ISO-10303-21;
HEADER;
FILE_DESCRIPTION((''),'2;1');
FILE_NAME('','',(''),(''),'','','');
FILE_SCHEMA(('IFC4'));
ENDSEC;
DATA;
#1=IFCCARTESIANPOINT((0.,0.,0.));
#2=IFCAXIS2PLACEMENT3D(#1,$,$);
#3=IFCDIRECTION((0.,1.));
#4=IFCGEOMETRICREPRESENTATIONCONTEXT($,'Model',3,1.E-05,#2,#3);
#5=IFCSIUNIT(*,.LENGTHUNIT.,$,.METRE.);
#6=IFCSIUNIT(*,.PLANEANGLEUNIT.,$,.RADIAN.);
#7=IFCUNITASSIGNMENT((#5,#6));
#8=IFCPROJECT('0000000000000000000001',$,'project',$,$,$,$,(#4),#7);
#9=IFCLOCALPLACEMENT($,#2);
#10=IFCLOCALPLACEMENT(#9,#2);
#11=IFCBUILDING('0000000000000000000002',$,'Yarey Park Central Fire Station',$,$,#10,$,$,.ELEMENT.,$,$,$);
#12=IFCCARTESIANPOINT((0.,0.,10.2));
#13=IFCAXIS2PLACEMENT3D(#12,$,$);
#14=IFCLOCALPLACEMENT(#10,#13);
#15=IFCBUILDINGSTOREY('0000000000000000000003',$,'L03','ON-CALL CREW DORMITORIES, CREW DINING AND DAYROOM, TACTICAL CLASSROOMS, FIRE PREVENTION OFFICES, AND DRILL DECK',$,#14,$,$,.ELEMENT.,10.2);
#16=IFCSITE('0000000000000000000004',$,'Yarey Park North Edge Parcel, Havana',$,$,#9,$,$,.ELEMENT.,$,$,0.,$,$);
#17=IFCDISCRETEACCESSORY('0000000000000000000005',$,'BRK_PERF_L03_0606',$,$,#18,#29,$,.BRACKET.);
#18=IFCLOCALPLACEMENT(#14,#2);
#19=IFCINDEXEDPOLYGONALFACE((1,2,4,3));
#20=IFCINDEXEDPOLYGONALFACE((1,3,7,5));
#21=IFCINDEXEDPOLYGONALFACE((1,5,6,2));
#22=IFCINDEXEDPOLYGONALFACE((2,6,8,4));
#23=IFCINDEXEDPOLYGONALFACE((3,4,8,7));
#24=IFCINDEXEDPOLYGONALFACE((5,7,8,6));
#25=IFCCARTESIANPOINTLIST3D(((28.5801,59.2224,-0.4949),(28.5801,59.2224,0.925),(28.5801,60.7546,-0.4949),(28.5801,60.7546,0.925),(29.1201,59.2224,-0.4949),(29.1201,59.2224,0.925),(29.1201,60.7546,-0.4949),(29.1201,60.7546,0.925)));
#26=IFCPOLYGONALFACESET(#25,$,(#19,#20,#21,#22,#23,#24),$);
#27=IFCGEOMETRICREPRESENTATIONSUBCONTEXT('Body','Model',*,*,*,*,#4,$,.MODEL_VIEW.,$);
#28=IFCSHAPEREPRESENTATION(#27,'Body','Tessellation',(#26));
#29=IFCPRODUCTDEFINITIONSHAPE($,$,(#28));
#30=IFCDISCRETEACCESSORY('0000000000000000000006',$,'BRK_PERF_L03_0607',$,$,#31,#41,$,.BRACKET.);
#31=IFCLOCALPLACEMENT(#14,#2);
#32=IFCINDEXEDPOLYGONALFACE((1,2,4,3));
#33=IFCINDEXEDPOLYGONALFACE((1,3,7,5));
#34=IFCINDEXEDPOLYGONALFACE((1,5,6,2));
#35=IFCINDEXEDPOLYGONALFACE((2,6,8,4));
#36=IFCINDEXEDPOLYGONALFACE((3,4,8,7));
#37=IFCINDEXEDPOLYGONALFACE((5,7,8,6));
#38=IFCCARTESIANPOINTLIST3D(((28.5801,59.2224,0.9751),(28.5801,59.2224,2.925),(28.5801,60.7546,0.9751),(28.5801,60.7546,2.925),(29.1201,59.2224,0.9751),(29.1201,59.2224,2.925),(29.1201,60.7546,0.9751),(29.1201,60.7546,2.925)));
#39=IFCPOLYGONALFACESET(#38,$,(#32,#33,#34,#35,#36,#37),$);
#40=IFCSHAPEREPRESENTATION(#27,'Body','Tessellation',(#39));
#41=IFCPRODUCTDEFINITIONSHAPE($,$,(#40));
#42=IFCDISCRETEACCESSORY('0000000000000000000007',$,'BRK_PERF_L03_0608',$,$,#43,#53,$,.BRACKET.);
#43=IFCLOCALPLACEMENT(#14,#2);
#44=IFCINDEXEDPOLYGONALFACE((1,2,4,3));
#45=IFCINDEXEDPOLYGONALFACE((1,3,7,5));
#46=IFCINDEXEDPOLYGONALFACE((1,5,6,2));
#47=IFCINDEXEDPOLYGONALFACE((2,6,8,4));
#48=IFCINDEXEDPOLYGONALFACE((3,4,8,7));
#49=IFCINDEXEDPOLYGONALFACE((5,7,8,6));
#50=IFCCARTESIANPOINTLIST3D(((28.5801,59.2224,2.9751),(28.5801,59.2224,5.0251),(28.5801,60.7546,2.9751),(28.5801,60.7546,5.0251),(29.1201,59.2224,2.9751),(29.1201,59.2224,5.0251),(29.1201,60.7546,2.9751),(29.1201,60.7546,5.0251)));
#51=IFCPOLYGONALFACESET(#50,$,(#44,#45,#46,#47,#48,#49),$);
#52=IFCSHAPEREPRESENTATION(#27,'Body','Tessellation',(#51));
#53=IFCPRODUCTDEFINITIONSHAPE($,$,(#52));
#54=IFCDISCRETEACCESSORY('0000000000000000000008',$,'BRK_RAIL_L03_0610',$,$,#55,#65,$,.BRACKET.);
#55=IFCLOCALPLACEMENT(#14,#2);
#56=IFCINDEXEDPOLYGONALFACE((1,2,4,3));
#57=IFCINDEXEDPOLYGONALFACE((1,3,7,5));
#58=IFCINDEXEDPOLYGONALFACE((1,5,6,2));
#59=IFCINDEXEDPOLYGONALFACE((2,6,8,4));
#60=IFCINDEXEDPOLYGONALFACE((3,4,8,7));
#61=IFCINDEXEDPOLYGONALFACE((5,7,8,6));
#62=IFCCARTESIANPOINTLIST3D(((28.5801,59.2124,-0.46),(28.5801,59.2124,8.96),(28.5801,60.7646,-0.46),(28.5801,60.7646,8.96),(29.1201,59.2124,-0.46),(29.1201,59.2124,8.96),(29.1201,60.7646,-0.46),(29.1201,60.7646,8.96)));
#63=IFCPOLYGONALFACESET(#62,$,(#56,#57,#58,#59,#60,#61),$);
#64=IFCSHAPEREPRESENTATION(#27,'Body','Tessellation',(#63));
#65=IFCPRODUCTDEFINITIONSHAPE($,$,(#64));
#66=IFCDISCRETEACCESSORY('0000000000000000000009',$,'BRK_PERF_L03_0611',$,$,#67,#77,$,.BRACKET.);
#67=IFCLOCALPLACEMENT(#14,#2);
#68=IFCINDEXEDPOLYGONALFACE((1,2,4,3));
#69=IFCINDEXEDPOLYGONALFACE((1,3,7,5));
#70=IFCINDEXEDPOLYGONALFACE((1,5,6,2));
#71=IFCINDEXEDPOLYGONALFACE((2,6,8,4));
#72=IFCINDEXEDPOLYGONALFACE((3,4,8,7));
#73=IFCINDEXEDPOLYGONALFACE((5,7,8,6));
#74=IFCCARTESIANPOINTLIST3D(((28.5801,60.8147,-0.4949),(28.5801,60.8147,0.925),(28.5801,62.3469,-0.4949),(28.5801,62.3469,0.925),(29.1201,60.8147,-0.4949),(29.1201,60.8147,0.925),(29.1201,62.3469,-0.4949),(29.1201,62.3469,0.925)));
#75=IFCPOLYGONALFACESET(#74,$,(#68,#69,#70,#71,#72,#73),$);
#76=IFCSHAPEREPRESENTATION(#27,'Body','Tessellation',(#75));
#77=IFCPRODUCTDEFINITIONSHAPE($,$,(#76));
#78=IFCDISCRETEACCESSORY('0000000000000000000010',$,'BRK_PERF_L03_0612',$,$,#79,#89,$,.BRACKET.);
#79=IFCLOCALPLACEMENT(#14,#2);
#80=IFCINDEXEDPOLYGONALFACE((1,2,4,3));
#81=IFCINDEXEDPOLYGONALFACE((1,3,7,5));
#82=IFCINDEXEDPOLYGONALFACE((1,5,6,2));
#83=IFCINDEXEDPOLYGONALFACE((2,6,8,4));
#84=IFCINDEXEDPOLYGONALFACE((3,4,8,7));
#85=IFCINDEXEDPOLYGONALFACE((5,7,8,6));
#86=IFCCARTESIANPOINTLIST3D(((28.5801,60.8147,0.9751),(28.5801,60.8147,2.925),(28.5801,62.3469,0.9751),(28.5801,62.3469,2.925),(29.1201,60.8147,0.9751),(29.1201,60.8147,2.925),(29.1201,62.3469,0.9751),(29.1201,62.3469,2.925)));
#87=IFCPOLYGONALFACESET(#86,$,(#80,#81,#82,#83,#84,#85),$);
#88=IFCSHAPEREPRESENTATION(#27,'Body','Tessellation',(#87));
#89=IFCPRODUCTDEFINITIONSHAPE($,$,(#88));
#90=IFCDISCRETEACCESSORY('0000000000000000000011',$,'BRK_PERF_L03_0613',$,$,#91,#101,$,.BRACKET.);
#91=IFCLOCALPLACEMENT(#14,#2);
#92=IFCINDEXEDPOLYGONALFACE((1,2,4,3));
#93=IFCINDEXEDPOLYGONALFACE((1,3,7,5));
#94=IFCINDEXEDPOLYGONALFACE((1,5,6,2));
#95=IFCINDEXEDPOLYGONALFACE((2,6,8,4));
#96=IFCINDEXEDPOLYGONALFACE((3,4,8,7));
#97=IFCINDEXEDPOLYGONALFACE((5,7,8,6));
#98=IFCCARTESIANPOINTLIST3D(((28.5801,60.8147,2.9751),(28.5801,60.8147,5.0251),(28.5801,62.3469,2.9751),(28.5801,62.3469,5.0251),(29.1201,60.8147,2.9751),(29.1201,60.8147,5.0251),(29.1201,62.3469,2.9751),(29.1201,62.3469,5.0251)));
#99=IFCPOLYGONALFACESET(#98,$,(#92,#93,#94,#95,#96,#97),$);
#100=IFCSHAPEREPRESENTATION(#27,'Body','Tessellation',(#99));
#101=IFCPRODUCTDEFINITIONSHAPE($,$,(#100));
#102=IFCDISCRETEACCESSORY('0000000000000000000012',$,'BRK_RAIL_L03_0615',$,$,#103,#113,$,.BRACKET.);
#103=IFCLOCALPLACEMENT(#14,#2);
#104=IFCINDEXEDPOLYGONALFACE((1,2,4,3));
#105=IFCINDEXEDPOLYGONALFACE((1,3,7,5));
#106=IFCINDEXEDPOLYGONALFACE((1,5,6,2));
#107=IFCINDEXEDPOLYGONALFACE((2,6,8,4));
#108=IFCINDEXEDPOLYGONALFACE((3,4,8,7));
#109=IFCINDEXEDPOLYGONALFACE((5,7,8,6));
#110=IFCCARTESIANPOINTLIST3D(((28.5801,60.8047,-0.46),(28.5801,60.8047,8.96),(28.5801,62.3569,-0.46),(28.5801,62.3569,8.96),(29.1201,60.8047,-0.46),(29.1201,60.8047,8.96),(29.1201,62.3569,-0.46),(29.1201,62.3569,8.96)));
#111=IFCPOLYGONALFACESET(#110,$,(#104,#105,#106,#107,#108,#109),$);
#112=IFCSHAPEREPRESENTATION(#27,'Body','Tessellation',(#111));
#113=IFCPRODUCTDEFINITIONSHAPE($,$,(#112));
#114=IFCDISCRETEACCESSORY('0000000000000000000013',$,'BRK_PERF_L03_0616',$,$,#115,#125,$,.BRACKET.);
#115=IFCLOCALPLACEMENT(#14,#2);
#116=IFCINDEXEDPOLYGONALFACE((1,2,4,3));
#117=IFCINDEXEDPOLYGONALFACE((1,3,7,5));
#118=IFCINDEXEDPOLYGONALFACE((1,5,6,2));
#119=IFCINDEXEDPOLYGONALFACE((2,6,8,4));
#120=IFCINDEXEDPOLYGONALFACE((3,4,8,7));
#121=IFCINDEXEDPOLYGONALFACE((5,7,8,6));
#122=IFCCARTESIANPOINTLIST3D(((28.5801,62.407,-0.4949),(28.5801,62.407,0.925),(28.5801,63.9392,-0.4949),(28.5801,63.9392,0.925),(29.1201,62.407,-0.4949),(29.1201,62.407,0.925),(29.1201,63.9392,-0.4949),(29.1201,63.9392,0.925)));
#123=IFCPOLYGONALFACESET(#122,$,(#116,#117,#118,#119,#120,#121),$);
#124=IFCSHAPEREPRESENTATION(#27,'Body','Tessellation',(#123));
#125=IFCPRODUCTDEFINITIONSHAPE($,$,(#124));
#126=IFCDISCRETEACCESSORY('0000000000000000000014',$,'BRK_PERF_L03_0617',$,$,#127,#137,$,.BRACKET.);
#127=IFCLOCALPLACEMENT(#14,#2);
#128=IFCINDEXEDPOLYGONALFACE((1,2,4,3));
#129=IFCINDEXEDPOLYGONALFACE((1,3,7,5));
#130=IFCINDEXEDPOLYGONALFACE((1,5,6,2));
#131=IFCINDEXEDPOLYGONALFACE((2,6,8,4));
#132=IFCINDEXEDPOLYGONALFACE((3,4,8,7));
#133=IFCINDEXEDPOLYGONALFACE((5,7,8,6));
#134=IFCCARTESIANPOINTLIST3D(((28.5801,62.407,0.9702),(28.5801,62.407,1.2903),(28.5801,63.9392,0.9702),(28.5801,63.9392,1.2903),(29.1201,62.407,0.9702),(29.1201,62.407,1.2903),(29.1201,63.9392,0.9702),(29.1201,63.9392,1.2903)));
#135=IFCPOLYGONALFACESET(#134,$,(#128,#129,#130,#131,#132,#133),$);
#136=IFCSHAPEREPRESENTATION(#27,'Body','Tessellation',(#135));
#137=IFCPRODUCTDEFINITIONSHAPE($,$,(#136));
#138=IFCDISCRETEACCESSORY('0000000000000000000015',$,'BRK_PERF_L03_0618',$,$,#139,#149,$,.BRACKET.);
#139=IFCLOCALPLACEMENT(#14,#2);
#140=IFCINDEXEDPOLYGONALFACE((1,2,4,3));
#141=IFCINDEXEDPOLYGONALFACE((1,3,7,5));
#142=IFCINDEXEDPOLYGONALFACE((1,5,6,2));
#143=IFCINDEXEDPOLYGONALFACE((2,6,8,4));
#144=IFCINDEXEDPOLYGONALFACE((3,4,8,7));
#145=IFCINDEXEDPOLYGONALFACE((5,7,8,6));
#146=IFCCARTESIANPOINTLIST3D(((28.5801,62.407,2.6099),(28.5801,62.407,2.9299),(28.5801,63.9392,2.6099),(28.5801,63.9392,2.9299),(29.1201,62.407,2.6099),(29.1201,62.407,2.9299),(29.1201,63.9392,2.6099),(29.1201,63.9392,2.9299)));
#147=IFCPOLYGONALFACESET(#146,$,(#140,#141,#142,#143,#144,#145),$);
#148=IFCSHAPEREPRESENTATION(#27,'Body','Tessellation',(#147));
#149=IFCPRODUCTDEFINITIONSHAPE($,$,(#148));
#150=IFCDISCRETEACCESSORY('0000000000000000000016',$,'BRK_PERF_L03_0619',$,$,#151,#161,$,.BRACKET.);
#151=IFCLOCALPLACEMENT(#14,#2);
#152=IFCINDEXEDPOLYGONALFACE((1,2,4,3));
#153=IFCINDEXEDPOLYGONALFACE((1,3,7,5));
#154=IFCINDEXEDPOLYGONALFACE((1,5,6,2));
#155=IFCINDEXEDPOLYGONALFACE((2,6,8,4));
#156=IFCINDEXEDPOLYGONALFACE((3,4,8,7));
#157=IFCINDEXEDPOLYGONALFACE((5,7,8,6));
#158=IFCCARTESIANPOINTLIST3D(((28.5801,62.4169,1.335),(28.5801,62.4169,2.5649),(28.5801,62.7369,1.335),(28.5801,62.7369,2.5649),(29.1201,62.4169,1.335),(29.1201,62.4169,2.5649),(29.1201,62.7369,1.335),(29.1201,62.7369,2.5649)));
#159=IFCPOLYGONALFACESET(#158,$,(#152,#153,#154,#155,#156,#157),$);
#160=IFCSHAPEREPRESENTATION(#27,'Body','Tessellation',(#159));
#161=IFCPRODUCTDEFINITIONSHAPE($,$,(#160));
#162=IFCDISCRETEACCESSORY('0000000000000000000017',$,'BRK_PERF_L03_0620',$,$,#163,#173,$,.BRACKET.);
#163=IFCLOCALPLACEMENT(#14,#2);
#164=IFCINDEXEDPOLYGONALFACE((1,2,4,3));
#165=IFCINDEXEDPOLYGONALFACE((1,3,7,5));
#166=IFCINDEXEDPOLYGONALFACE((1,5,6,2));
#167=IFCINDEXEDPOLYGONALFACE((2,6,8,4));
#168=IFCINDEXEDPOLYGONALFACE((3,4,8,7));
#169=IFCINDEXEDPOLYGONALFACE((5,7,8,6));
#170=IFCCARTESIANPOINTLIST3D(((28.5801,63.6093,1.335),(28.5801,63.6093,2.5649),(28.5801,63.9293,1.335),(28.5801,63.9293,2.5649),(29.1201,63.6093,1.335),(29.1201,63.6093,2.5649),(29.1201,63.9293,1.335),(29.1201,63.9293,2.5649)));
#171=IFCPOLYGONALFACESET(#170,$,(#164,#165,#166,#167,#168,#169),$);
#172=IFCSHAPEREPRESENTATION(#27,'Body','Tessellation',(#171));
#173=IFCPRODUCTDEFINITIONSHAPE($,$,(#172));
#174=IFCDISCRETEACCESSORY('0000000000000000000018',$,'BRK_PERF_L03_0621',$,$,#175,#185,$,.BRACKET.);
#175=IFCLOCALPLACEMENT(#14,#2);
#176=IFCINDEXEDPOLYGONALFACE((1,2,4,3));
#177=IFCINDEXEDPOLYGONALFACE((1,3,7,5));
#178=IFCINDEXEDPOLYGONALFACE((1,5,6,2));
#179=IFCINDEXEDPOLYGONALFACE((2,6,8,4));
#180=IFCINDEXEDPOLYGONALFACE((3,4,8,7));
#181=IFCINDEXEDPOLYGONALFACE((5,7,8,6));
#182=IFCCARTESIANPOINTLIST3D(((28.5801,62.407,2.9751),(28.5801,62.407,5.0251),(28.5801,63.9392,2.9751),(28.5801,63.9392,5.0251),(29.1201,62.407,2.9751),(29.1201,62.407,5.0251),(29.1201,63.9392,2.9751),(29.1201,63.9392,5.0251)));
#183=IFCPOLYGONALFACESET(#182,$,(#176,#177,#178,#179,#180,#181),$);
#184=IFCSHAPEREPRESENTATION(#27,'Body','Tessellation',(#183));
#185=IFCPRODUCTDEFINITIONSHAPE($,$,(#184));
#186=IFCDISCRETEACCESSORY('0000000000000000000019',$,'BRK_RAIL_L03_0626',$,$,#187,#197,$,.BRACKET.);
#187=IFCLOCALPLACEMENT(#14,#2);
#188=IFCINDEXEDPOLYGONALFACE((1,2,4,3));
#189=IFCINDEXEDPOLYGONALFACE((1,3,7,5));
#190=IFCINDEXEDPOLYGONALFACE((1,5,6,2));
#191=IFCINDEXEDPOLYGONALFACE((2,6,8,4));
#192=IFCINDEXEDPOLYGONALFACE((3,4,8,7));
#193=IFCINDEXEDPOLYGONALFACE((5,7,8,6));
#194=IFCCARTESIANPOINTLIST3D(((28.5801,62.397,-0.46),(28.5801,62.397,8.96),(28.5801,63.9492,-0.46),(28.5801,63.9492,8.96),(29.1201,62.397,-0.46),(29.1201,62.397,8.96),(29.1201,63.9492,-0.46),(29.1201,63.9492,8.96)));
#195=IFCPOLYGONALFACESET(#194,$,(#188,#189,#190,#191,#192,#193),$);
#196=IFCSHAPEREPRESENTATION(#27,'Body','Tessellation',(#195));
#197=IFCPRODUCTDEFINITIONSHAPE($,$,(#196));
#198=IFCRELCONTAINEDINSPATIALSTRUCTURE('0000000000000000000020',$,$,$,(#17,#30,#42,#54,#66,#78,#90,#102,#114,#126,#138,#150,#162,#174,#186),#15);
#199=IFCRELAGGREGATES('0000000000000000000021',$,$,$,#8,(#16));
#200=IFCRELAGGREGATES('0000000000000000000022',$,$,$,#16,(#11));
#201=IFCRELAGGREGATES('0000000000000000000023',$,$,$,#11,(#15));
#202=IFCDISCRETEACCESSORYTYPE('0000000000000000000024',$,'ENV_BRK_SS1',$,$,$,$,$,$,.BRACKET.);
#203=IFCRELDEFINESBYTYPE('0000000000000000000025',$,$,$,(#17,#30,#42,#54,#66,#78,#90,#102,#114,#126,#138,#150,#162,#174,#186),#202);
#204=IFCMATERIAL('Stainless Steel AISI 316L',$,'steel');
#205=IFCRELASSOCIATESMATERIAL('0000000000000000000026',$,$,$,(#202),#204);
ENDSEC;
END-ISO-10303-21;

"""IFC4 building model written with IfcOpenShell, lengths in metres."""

from ifc_helpers import new_model, si_unit, direction, frame, origin, origin_2d, place, context, subcontext, project, spatial, rectangle, extrude, material, type_object, element, save


model = new_model("IFC4")

# Units and contexts
model_context = context("Model", 3, precision=1e-05, world=origin(), true_north=direction((0.0, 1.0)))
body_context = subcontext(model_context, "Body", "Model", "MODEL_VIEW")
ifc_project = project(units=[si_unit("LENGTHUNIT", "METRE"), si_unit("PLANEANGLEUNIT", "RADIAN")], contexts=[model_context])

# Site, building, storey
site_placement = place(None, origin())
site = spatial("IfcSite", under=ifc_project, at=site_placement, Name="Yarey Park North Edge Parcel, Havana", CompositionType="ELEMENT", RefElevation=0.0)
building_placement = place(site_placement, origin())
building = spatial("IfcBuilding", under=site, at=building_placement, Name="Yarey Park Central Fire Station", CompositionType="ELEMENT")
storey_placement = place(building_placement, frame((0.0, 0.0, 10.2)))
storey = spatial("IfcBuildingStorey", under=building, at=storey_placement, Name="L03", Description="ON-CALL CREW DORMITORIES, CREW DINING AND DAYROOM, TACTICAL CLASSROOMS, FIRE PREVENTION OFFICES, AND DRILL DECK", CompositionType="ELEMENT", Elevation=10.2)

# Discrete accessories
ifc_material_1 = material(Name="Stainless Steel AISI 316L", Category="steel")
discrete_accessory_type = type_object("IfcDiscreteAccessoryType", Name="ENV_BRK_SS1", PredefinedType="BRACKET", material=ifc_material_1)
discrete_accessory_1_placement = place(storey_placement, frame((28.8501, 59.9885, -0.4949), z_axis=(0.0, 0.0, 1.0), x_axis=(1.0, 0.0, 0.0)))
element("IfcDiscreteAccessory", 1, at=discrete_accessory_1_placement, inside=storey, type_object=discrete_accessory_type, Name="BRK_PERF_L03_0606", PredefinedType="BRACKET", context=body_context, shape_type="SweptSolid", body=[
    extrude(rectangle(XDim=0.54, YDim=1.5322, at=origin_2d()), origin(), (0.0, 0.0, 1.0), 1.4199),
])
discrete_accessory_2_placement = place(storey_placement, frame((28.8501, 59.9885, 0.9751), z_axis=(0.0, 0.0, 1.0), x_axis=(1.0, 0.0, 0.0)))
element("IfcDiscreteAccessory", 2, at=discrete_accessory_2_placement, inside=storey, type_object=discrete_accessory_type, Name="BRK_PERF_L03_0607", PredefinedType="BRACKET", context=body_context, shape_type="SweptSolid", body=[
    extrude(rectangle(XDim=0.54, YDim=1.5322, at=origin_2d()), origin(), (0.0, 0.0, 1.0), 1.95),
])
discrete_accessory_3_placement = place(storey_placement, frame((28.8501, 59.9885, 2.9751), z_axis=(0.0, 0.0, 1.0), x_axis=(1.0, 0.0, 0.0)))
element("IfcDiscreteAccessory", 3, at=discrete_accessory_3_placement, inside=storey, type_object=discrete_accessory_type, Name="BRK_PERF_L03_0608", PredefinedType="BRACKET", context=body_context, shape_type="SweptSolid", body=[
    extrude(rectangle(XDim=0.54, YDim=1.5322, at=origin_2d()), origin(), (0.0, 0.0, 1.0), 2.05),
])
discrete_accessory_4_placement = place(storey_placement, frame((28.8501, 59.9885, -0.46), z_axis=(0.0, 0.0, 1.0), x_axis=(1.0, 0.0, 0.0)))
element("IfcDiscreteAccessory", 4, at=discrete_accessory_4_placement, inside=storey, type_object=discrete_accessory_type, Name="BRK_RAIL_L03_0610", PredefinedType="BRACKET", context=body_context, shape_type="SweptSolid", body=[
    extrude(rectangle(XDim=0.54, YDim=1.5522, at=origin_2d()), origin(), (0.0, 0.0, 1.0), 9.4199),
])
discrete_accessory_5_placement = place(storey_placement, frame((28.8501, 61.5808, -0.4949), z_axis=(0.0, 0.0, 1.0), x_axis=(1.0, 0.0, 0.0)))
element("IfcDiscreteAccessory", 5, at=discrete_accessory_5_placement, inside=storey, type_object=discrete_accessory_type, Name="BRK_PERF_L03_0611", PredefinedType="BRACKET", context=body_context, shape_type="SweptSolid", body=[
    extrude(rectangle(XDim=0.54, YDim=1.5322, at=origin_2d()), origin(), (0.0, 0.0, 1.0), 1.4199),
])
discrete_accessory_6_placement = place(storey_placement, frame((28.8501, 61.5808, 0.9751), z_axis=(0.0, 0.0, 1.0), x_axis=(1.0, 0.0, 0.0)))
element("IfcDiscreteAccessory", 6, at=discrete_accessory_6_placement, inside=storey, type_object=discrete_accessory_type, Name="BRK_PERF_L03_0612", PredefinedType="BRACKET", context=body_context, shape_type="SweptSolid", body=[
    extrude(rectangle(XDim=0.54, YDim=1.5322, at=origin_2d()), origin(), (0.0, 0.0, 1.0), 1.95),
])
discrete_accessory_7_placement = place(storey_placement, frame((28.8501, 61.5808, 2.9751), z_axis=(0.0, 0.0, 1.0), x_axis=(1.0, 0.0, 0.0)))
element("IfcDiscreteAccessory", 7, at=discrete_accessory_7_placement, inside=storey, type_object=discrete_accessory_type, Name="BRK_PERF_L03_0613", PredefinedType="BRACKET", context=body_context, shape_type="SweptSolid", body=[
    extrude(rectangle(XDim=0.54, YDim=1.5322, at=origin_2d()), origin(), (0.0, 0.0, 1.0), 2.05),
])
discrete_accessory_8_placement = place(storey_placement, frame((28.8501, 61.5808, -0.46), z_axis=(0.0, 0.0, 1.0), x_axis=(1.0, 0.0, 0.0)))
element("IfcDiscreteAccessory", 8, at=discrete_accessory_8_placement, inside=storey, type_object=discrete_accessory_type, Name="BRK_RAIL_L03_0615", PredefinedType="BRACKET", context=body_context, shape_type="SweptSolid", body=[
    extrude(rectangle(XDim=0.54, YDim=1.5522, at=origin_2d()), origin(), (0.0, 0.0, 1.0), 9.4199),
])
discrete_accessory_9_placement = place(storey_placement, frame((28.8501, 63.1731, -0.4949), z_axis=(0.0, 0.0, 1.0), x_axis=(1.0, 0.0, 0.0)))
element("IfcDiscreteAccessory", 9, at=discrete_accessory_9_placement, inside=storey, type_object=discrete_accessory_type, Name="BRK_PERF_L03_0616", PredefinedType="BRACKET", context=body_context, shape_type="SweptSolid", body=[
    extrude(rectangle(XDim=0.54, YDim=1.5322, at=origin_2d()), origin(), (0.0, 0.0, 1.0), 1.4199),
])
for number, where, z_axis, x_axis, name in (
    (10, (28.8501, 63.1731, 0.9702), (0.0, 0.0, 1.0), (1.0, 0.0, 0.0), "BRK_PERF_L03_0617"),
    (11, (28.8501, 63.1731, 2.6099), (0.0, 0.0, 1.0), (1.0, 0.0, 0.0), "BRK_PERF_L03_0618"),
):
    element("IfcDiscreteAccessory", number, at=place(storey_placement, frame(where, z_axis=z_axis, x_axis=x_axis)), inside=storey, type_object=discrete_accessory_type, Name=name, PredefinedType="BRACKET", context=body_context, shape_type="SweptSolid", body=[
        extrude(rectangle(XDim=0.54, YDim=1.5322, at=origin_2d()), origin(), (0.0, 0.0, 1.0), 0.3201),
    ])
for number, where, z_axis, x_axis, name in (
    (12, (28.8501, 62.5769, 1.335), (0.0, 0.0, 1.0), (1.0, 0.0, 0.0), "BRK_PERF_L03_0619"),
    (13, (28.8501, 63.7693, 1.335), (0.0, 0.0, 1.0), (1.0, 0.0, 0.0), "BRK_PERF_L03_0620"),
):
    element("IfcDiscreteAccessory", number, at=place(storey_placement, frame(where, z_axis=z_axis, x_axis=x_axis)), inside=storey, type_object=discrete_accessory_type, Name=name, PredefinedType="BRACKET", context=body_context, shape_type="SweptSolid", body=[
        extrude(rectangle(XDim=0.54, YDim=0.3201, at=origin_2d()), origin(), (0.0, 0.0, 1.0), 1.23),
    ])
discrete_accessory_10_placement = place(storey_placement, frame((28.8501, 63.1731, 2.9751), z_axis=(0.0, 0.0, 1.0), x_axis=(1.0, 0.0, 0.0)))
element("IfcDiscreteAccessory", 14, at=discrete_accessory_10_placement, inside=storey, type_object=discrete_accessory_type, Name="BRK_PERF_L03_0621", PredefinedType="BRACKET", context=body_context, shape_type="SweptSolid", body=[
    extrude(rectangle(XDim=0.54, YDim=1.5322, at=origin_2d()), origin(), (0.0, 0.0, 1.0), 2.05),
])
discrete_accessory_11_placement = place(storey_placement, frame((28.8501, 63.1731, -0.46), z_axis=(0.0, 0.0, 1.0), x_axis=(1.0, 0.0, 0.0)))
element("IfcDiscreteAccessory", 15, at=discrete_accessory_11_placement, inside=storey, type_object=discrete_accessory_type, Name="BRK_RAIL_L03_0626", PredefinedType="BRACKET", context=body_context, shape_type="SweptSolid", body=[
    extrude(rectangle(XDim=0.54, YDim=1.5522, at=origin_2d()), origin(), (0.0, 0.0, 1.0), 9.4199),
])

save(model, "model.ifc")
